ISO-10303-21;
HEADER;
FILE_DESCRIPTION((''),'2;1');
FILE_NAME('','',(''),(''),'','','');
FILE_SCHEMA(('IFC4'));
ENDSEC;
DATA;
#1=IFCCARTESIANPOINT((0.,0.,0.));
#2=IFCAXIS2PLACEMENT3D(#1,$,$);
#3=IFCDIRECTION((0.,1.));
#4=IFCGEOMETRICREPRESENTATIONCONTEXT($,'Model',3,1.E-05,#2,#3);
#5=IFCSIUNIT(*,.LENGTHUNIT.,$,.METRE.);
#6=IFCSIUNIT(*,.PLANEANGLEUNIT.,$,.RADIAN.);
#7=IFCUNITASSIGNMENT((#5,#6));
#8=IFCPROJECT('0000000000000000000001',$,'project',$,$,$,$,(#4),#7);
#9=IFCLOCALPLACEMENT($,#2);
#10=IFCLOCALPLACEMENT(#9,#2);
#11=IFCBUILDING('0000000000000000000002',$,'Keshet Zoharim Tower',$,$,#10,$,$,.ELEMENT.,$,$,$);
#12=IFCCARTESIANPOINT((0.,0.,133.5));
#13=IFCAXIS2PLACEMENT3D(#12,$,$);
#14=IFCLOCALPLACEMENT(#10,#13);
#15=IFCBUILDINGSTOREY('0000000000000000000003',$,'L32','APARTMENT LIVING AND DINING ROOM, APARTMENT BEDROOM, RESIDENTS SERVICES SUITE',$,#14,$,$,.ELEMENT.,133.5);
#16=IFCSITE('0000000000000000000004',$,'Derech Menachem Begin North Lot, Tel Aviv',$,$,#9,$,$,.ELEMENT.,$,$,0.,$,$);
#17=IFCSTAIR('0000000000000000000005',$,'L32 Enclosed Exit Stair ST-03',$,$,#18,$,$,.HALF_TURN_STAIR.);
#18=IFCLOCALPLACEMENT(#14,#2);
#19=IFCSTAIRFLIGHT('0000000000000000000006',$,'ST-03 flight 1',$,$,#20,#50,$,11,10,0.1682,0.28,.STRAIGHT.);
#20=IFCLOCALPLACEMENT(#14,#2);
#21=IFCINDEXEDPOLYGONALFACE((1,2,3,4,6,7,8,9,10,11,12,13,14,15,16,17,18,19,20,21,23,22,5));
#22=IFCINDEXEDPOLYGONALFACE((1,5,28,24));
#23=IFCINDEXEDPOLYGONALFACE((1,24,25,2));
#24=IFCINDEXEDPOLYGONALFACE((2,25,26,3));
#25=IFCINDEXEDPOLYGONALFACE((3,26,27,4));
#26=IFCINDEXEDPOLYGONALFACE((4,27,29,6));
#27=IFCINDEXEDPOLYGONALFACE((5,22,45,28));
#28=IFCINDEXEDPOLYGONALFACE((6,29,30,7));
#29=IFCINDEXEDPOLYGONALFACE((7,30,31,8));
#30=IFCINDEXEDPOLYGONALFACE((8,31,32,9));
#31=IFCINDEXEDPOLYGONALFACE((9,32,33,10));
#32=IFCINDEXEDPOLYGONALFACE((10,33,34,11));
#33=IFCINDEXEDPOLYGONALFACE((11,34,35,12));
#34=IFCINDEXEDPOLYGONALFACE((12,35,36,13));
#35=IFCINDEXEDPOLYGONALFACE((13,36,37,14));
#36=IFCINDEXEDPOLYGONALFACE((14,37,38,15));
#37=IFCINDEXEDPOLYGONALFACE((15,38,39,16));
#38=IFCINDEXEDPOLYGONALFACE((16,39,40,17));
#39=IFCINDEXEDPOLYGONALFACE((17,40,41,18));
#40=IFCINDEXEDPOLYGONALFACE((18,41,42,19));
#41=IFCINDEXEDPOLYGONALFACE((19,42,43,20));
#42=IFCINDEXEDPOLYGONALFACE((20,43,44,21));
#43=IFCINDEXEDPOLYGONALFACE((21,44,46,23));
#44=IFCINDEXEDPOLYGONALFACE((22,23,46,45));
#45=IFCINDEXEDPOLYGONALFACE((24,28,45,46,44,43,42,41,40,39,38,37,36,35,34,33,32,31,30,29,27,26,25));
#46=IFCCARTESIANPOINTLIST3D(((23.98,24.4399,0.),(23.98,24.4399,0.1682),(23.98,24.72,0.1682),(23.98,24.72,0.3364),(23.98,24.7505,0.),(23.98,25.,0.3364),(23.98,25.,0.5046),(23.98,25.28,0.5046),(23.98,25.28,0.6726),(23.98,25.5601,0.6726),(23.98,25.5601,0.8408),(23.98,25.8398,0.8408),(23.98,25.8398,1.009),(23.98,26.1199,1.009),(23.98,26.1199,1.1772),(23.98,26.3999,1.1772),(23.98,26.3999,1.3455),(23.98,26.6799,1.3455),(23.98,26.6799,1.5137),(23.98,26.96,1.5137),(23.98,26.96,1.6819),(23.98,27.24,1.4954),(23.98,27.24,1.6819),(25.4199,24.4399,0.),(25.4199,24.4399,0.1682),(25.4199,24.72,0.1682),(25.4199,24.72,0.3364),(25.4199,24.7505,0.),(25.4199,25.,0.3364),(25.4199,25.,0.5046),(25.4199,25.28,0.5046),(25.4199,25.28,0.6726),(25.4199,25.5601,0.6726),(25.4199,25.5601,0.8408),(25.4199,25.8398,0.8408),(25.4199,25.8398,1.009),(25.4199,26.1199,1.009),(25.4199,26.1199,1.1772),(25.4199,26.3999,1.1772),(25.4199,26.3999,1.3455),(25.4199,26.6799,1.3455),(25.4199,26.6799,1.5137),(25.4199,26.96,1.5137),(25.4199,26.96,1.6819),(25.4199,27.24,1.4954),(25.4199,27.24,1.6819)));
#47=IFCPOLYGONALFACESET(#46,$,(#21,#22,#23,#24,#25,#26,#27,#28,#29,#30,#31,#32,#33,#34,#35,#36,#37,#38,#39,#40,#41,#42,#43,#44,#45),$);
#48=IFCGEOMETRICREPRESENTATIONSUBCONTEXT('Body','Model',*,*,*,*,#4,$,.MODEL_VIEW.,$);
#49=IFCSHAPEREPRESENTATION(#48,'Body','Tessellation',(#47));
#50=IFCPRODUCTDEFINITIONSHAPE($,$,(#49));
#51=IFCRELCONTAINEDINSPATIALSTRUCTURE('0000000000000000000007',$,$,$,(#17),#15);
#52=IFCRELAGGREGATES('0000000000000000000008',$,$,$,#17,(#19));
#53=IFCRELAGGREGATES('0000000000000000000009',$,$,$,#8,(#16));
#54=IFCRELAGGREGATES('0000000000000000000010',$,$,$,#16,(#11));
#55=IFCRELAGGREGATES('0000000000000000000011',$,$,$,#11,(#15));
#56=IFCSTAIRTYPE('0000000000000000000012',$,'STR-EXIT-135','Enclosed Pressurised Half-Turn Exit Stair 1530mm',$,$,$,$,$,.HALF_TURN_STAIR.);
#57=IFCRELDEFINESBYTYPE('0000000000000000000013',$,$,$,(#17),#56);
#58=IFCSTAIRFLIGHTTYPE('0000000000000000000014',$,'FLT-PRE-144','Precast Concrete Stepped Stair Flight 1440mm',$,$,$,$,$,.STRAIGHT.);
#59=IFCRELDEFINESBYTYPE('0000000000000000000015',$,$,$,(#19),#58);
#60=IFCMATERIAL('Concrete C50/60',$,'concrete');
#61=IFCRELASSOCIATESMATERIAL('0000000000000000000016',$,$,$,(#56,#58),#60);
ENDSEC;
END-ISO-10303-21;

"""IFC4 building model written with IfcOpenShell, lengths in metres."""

from ifc_helpers import new_model, si_unit, direction, frame, origin, place, context, subcontext, project, spatial, polyline, outline, extrude, material, type_object, element, aggregate, save


model = new_model("IFC4")

# Units and contexts
model_context = context("Model", 3, precision=1e-05, world=origin(), true_north=direction((0.0, 1.0)))
body_context = subcontext(model_context, "Body", "Model", "MODEL_VIEW")
ifc_project = project(units=[si_unit("LENGTHUNIT", "METRE"), si_unit("PLANEANGLEUNIT", "RADIAN")], contexts=[model_context])

# Site, building, storey
site_placement = place(None, origin())
site = spatial("IfcSite", under=ifc_project, at=site_placement, Name="Derech Menachem Begin North Lot, Tel Aviv", CompositionType="ELEMENT", RefElevation=0.0)
building_placement = place(site_placement, origin())
building = spatial("IfcBuilding", under=site, at=building_placement, Name="Keshet Zoharim Tower", CompositionType="ELEMENT")
storey_placement = place(building_placement, frame((0.0, 0.0, 133.5)))
storey = spatial("IfcBuildingStorey", under=building, at=storey_placement, Name="L32", Description="APARTMENT LIVING AND DINING ROOM, APARTMENT BEDROOM, RESIDENTS SERVICES SUITE", CompositionType="ELEMENT", Elevation=133.5)

# Shared definitions
ifc_material_1 = material(Name="Concrete C50/60", Category="concrete")

# Stair, stair flight
stair_type = type_object("IfcStairType", Name="STR-EXIT-135", Description="Enclosed Pressurised Half-Turn Exit Stair 1530mm", PredefinedType="HALF_TURN_STAIR", material=ifc_material_1)
stair_placement = place(storey_placement, origin())
stair = element("IfcStair", 1, at=stair_placement, inside=storey, type_object=stair_type, Name="L32 Enclosed Exit Stair ST-03", PredefinedType="HALF_TURN_STAIR")
stair_flight_type = type_object("IfcStairFlightType", Name="FLT-PRE-144", Description="Precast Concrete Stepped Stair Flight 1440mm", PredefinedType="STRAIGHT", material=ifc_material_1)
stair_flight_placement = place(storey_placement, frame((24.7, 24.4399, 0.0), z_axis=(0.0, 0.0, 1.0), x_axis=(0.0, 1.0, 0.0)))
stair_flight = element("IfcStairFlight", 2, at=stair_flight_placement, type_object=stair_flight_type, Name="ST-03 flight 1", NumberOfRisers=11, NumberOfTreads=10, PredefinedType="STRAIGHT", RiserHeight=0.1682, TreadLength=0.28, context=body_context, shape_type="SweptSolid", body=[
    extrude(outline(polyline([(0.0, 0.0), (0.0, 0.1682), (0.28, 0.1682), (0.28, 0.3364), (0.5601, 0.3364), (0.5601, 0.5046), (0.8401, 0.5046), (0.8401, 0.6726), (1.1201, 0.6726), (1.1201, 0.8408), (1.3999, 0.8408), (1.3999, 1.009), (1.6799, 1.009), (1.6799, 1.1772), (1.96, 1.1772), (1.96, 1.3455), (2.24, 1.3455), (2.24, 1.5137), (2.52, 1.5137), (2.52, 1.6819), (2.8, 1.6819), (2.8, 1.8501), (2.8, 1.4954), (0.3105, 0.0), (0.0, 0.0)])), frame((0.0, 0.72, 0.0), z_axis=(0.0, -1.0, 0.0), x_axis=(1.0, 0.0, 0.0)), (0.0, 0.0, 1.0), 1.4399),
])
aggregate(stair, [stair_flight])

save(model, "model.ifc")
